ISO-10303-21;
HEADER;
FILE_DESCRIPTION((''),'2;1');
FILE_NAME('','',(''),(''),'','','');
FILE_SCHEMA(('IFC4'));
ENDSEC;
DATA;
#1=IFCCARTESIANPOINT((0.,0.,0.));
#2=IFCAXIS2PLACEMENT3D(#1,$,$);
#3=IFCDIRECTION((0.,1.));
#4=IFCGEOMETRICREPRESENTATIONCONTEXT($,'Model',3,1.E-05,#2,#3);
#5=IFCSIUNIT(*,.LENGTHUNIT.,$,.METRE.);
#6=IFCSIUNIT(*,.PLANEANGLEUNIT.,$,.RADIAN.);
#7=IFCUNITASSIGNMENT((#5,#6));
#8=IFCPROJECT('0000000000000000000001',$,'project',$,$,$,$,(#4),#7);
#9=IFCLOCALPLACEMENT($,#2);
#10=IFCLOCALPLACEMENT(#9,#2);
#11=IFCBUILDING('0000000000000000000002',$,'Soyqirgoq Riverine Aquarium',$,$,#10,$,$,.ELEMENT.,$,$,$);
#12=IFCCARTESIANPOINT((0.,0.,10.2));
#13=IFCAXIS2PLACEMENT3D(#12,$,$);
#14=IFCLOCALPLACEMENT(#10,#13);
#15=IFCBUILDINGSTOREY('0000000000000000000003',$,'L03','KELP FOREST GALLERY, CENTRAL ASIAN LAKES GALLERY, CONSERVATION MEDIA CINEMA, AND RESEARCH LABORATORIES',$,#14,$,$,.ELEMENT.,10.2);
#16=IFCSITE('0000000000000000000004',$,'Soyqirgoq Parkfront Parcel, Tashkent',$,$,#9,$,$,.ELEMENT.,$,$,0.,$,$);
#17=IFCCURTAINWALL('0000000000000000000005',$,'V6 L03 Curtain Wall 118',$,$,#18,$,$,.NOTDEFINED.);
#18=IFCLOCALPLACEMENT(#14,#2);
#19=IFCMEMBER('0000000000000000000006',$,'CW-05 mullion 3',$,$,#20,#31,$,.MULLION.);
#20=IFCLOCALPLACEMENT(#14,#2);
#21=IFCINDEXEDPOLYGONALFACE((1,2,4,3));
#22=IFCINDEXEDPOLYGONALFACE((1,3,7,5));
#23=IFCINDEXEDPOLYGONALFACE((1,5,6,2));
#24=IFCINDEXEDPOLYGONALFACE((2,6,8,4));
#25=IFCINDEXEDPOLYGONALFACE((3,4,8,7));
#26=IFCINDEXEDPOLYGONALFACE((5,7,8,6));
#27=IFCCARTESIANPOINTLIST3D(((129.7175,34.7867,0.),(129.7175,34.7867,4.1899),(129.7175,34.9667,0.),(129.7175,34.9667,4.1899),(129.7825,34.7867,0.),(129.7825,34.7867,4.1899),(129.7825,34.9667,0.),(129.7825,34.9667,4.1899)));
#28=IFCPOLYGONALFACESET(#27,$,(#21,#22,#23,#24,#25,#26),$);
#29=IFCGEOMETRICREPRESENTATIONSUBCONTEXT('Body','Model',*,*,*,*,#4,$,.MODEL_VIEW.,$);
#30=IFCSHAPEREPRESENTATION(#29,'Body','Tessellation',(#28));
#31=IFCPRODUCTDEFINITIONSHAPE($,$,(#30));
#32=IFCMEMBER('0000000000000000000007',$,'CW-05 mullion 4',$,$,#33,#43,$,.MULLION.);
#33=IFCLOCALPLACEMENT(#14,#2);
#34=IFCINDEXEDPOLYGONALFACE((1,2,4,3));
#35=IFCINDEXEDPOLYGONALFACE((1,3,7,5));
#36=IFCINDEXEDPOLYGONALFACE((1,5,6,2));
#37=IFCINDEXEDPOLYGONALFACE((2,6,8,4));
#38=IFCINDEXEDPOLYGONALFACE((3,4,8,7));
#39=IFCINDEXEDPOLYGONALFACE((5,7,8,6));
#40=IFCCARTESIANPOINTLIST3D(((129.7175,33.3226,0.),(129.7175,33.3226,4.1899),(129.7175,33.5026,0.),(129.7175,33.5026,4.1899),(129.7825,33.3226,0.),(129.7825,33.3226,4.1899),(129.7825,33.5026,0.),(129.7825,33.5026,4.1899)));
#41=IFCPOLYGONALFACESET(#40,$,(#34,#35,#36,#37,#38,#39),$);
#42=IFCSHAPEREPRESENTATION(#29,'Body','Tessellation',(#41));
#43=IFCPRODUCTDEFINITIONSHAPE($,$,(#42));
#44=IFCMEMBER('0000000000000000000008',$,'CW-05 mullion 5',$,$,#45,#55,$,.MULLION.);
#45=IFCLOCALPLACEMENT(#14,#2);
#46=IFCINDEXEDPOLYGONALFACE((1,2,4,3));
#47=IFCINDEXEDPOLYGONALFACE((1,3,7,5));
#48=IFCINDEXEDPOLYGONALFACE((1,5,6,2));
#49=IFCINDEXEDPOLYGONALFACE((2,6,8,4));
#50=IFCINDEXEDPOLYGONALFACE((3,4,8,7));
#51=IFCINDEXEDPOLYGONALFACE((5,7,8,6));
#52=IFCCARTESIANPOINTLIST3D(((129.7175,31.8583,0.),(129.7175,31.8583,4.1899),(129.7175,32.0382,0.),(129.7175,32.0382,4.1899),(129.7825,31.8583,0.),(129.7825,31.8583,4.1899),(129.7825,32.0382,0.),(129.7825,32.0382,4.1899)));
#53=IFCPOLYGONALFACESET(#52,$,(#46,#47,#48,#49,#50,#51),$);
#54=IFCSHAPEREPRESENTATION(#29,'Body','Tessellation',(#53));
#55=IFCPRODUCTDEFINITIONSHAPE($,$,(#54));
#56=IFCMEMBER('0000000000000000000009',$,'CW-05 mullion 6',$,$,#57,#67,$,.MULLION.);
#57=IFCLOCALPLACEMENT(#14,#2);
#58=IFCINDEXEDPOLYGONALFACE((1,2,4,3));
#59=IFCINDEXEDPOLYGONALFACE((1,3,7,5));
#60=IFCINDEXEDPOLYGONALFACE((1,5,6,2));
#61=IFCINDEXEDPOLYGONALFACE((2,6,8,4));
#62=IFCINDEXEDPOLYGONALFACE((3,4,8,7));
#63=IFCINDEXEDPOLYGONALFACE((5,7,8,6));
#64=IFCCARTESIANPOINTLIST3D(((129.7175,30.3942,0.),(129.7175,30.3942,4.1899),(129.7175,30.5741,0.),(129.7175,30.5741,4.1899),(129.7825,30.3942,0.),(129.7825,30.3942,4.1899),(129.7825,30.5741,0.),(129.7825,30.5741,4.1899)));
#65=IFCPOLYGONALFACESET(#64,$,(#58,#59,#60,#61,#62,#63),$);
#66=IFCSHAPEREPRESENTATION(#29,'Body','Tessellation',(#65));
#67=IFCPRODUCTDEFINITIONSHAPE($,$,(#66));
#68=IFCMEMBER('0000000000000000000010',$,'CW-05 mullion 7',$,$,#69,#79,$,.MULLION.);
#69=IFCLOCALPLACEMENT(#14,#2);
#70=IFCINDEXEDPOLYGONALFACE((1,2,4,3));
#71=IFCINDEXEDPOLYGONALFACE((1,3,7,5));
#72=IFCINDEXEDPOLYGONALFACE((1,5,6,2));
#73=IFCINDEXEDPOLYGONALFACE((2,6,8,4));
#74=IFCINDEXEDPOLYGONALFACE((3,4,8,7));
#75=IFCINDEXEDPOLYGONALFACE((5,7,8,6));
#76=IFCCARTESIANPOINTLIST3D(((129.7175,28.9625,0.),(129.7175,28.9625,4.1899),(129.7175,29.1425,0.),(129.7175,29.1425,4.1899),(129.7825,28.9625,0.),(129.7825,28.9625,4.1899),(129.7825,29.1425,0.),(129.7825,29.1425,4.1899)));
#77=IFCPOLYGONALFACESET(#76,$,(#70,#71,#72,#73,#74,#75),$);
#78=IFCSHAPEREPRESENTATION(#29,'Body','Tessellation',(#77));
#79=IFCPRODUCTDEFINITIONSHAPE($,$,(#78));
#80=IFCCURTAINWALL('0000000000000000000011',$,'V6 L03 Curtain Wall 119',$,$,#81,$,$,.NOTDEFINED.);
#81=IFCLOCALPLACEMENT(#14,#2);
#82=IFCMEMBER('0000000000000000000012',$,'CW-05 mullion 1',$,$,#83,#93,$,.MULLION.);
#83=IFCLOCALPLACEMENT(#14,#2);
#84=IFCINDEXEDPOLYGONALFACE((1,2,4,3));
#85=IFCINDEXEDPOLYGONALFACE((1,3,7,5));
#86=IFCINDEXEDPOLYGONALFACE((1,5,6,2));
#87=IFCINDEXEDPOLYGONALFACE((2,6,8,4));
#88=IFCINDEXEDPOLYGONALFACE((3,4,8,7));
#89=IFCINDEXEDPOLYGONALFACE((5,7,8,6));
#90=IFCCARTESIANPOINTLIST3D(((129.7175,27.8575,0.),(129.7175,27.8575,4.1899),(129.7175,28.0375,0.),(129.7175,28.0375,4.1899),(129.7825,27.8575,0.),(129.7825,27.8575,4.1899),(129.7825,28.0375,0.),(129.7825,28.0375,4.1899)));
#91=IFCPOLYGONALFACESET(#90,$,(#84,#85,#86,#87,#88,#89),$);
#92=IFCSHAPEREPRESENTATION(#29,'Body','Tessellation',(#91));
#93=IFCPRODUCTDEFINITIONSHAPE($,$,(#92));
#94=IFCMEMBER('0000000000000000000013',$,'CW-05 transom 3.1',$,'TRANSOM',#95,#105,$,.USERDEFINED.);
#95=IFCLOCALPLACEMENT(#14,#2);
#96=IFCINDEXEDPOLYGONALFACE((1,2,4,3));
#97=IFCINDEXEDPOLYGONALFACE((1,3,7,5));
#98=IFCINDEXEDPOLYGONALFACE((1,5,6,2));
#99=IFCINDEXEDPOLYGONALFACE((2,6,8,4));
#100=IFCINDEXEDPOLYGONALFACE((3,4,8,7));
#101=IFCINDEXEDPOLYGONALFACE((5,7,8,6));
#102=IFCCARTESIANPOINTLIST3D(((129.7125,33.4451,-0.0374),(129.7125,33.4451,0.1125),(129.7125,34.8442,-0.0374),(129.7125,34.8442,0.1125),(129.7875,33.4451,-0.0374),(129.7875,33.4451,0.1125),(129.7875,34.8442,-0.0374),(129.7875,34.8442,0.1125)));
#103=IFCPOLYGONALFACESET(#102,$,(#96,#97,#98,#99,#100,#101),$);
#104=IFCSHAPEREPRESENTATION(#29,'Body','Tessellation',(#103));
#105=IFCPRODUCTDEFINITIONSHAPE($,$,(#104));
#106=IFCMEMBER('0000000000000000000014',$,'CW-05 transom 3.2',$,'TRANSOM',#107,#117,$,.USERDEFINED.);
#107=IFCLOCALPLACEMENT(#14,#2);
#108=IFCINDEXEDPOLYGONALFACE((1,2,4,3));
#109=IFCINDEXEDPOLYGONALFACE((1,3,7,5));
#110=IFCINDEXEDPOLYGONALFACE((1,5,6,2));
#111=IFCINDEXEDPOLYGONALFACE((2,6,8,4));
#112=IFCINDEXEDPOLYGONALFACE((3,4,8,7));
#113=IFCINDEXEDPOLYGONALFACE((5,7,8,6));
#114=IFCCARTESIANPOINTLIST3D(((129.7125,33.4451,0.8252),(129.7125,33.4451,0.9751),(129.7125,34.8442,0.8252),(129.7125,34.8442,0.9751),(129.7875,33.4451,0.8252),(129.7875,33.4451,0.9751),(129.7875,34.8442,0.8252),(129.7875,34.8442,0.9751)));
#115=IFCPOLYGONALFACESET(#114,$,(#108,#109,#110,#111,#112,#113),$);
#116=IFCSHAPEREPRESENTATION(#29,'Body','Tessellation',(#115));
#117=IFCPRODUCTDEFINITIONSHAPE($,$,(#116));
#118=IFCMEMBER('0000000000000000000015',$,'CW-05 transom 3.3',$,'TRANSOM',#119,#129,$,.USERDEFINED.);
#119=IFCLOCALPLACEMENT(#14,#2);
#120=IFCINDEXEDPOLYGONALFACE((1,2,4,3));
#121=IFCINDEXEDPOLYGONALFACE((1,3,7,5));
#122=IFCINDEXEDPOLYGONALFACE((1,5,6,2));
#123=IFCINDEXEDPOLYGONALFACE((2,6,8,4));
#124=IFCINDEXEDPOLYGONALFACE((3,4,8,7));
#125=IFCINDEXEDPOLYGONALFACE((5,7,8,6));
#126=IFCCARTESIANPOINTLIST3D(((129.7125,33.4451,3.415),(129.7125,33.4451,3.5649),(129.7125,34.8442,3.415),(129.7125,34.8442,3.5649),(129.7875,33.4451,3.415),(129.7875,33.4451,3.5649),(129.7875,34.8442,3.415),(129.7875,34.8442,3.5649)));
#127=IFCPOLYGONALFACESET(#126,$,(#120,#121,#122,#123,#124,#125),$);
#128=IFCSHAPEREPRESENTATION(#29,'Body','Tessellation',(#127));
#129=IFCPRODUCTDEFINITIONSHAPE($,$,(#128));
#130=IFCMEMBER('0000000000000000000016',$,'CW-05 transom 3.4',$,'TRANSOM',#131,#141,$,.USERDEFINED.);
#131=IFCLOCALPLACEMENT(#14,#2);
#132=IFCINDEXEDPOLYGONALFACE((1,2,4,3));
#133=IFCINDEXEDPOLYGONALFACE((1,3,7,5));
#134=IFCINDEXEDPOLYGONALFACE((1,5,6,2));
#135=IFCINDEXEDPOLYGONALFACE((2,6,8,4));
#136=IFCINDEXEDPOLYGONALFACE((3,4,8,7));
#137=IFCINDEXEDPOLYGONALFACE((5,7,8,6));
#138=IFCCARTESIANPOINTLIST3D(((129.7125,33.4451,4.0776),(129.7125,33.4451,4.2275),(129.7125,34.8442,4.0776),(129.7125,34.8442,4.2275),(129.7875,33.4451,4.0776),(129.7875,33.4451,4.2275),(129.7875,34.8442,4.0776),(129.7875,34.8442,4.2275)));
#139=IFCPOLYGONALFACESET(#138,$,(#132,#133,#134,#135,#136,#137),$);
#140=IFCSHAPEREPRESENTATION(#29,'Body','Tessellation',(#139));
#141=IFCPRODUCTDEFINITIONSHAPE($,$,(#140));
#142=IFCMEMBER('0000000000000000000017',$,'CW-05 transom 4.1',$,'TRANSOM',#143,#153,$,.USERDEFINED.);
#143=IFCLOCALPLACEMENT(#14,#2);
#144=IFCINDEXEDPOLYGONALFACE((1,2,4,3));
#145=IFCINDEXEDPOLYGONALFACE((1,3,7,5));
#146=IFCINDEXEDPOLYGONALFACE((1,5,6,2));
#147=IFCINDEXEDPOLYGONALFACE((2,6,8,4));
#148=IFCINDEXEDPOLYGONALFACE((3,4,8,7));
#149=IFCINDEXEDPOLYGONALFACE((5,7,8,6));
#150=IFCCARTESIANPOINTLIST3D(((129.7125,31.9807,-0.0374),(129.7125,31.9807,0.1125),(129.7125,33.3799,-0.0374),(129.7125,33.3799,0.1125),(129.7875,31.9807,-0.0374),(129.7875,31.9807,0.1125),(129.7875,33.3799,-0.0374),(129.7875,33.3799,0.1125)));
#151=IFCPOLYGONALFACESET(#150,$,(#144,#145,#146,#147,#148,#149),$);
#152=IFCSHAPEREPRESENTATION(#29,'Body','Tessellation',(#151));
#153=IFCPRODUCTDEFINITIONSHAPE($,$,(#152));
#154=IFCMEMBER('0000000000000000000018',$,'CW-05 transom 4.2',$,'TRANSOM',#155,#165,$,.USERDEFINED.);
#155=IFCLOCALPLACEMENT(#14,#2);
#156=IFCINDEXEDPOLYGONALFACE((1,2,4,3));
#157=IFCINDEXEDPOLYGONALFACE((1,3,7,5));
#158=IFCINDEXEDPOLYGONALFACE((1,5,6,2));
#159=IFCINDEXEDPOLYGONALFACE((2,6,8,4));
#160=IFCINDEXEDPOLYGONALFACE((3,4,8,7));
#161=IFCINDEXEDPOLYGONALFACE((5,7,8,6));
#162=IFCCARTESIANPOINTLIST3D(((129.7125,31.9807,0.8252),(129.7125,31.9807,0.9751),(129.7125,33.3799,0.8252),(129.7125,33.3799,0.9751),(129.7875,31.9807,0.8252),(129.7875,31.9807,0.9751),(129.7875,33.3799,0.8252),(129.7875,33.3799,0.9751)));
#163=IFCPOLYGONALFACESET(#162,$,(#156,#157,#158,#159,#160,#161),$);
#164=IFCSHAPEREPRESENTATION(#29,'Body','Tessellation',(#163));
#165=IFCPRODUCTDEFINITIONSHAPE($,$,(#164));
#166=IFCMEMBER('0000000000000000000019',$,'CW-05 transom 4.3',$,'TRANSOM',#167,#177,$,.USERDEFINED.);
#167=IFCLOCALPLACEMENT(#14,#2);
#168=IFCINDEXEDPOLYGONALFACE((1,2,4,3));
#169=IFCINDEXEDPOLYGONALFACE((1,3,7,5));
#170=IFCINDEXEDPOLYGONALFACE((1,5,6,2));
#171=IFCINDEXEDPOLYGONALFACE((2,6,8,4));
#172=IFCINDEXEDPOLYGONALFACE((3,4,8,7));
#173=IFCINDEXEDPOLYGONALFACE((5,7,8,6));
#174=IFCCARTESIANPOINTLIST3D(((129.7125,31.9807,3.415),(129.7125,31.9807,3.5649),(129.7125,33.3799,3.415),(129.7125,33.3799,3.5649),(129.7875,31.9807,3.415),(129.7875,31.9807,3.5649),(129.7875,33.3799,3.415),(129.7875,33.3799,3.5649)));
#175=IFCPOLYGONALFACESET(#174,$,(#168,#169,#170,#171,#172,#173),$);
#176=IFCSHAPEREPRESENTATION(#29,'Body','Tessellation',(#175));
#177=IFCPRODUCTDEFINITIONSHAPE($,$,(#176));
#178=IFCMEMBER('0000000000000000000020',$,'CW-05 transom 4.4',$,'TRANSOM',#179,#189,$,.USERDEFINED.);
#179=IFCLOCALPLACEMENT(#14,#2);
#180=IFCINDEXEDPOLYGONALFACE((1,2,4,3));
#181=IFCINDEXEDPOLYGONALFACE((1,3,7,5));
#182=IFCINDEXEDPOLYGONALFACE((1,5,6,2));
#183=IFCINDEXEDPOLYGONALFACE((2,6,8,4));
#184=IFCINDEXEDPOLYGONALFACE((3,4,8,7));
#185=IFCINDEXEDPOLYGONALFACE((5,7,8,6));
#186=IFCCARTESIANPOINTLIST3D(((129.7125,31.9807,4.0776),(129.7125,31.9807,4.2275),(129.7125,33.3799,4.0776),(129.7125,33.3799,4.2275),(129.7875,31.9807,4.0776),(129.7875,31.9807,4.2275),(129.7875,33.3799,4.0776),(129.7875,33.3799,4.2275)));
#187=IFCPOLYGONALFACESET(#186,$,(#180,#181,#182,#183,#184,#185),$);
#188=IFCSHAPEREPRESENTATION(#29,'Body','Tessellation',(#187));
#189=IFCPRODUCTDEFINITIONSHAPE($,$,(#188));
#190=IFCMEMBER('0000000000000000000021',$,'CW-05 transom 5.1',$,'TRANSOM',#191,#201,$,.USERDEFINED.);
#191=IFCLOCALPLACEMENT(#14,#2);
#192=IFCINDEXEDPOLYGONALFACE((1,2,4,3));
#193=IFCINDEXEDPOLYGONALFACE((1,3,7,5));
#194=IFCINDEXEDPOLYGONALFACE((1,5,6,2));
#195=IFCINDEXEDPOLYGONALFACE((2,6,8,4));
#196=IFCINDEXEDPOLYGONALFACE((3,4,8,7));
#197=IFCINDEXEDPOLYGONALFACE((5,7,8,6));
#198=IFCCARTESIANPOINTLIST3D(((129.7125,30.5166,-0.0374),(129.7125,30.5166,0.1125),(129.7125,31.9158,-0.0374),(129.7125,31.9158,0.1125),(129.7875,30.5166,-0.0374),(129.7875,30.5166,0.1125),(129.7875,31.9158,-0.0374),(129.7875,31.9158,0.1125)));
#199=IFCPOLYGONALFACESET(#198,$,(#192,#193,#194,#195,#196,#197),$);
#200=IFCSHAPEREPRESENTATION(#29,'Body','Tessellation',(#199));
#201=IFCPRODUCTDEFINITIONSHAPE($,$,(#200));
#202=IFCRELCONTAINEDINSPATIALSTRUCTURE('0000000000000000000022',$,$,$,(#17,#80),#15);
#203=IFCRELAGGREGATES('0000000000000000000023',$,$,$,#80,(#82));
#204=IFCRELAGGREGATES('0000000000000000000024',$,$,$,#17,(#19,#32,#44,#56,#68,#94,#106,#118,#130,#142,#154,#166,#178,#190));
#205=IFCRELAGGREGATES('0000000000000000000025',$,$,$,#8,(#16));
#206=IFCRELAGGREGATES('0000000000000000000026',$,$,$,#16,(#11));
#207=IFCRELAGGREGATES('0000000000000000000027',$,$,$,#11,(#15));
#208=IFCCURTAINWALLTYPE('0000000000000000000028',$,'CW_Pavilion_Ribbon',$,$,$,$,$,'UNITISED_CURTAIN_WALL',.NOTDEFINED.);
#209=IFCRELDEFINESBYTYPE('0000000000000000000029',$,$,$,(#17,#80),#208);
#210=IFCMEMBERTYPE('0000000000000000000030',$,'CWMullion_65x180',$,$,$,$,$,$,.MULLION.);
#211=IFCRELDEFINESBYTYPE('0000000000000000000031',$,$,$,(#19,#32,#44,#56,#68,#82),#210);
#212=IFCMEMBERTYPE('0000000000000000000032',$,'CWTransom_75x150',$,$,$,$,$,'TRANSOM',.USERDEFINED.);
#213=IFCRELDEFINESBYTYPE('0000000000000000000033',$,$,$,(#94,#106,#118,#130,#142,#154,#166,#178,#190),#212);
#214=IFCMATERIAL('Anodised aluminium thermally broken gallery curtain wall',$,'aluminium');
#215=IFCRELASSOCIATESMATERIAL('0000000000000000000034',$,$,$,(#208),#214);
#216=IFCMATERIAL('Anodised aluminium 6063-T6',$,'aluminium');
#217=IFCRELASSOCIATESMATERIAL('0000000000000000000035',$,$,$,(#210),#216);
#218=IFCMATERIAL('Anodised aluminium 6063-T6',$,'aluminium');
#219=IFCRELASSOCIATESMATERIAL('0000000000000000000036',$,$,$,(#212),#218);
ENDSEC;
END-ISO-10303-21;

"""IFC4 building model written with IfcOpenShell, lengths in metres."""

from ifc_helpers import new_model, si_unit, direction, frame, origin, origin_2d, place, context, subcontext, project, spatial, rectangle, extrude, material, material_profile, profile_set, type_object, element, aggregate, save


model = new_model("IFC4")

# Units and contexts
model_context = context("Model", 3, precision=1e-05, world=origin(), true_north=direction((0.0, 1.0)))
body_context = subcontext(model_context, "Body", "Model", "MODEL_VIEW")
ifc_project = project(units=[si_unit("LENGTHUNIT", "METRE"), si_unit("PLANEANGLEUNIT", "RADIAN")], contexts=[model_context])

# Site, building, storey
site_placement = place(None, origin())
site = spatial("IfcSite", under=ifc_project, at=site_placement, Name="Soyqirgoq Parkfront Parcel, Tashkent", CompositionType="ELEMENT", RefElevation=0.0)
building_placement = place(site_placement, origin())
building = spatial("IfcBuilding", under=site, at=building_placement, Name="Soyqirgoq Riverine Aquarium", CompositionType="ELEMENT")
storey_placement = place(building_placement, frame((0.0, 0.0, 10.2)))
storey = spatial("IfcBuildingStorey", under=building, at=storey_placement, Name="L03", Description="KELP FOREST GALLERY, CENTRAL ASIAN LAKES GALLERY, CONSERVATION MEDIA CINEMA, AND RESEARCH LABORATORIES", CompositionType="ELEMENT", Elevation=10.2)

# Curtain wall, members
ifc_material_1 = material(Name="Anodised aluminium thermally broken gallery curtain wall", Category="aluminium")
curtain_wall_type = type_object("IfcCurtainWallType", Name="CW_Pavilion_Ribbon", ElementType="UNITISED_CURTAIN_WALL", PredefinedType="NOTDEFINED", material=ifc_material_1)
curtain_wall_1_placement = place(storey_placement, origin())
curtain_wall_1 = element("IfcCurtainWall", 1, at=curtain_wall_1_placement, inside=storey, type_object=curtain_wall_type, Name="V6 L03 Curtain Wall 118", PredefinedType="NOTDEFINED")
ifc_material_2 = material(Name="Anodised aluminium 6063-T6", Category="aluminium")
ifc_material_profile_1 = material_profile(ifc_material_2, rectangle(XDim=0.0649, YDim=0.1799, at=origin_2d()), Name="ALU-M 65x180")
ifc_profile_set_1 = profile_set([ifc_material_profile_1], Name="Anodised aluminium 6063-T6")
member_type_1 = type_object("IfcMemberType", Name="CWMullion_65x180", PredefinedType="MULLION", material=ifc_profile_set_1)
member_1_placement = place(storey_placement, frame((129.75, 34.8767, 0.0), z_axis=(0.0, 0.0, 1.0), x_axis=(1.0, 0.0, 0.0)))
member_1 = element("IfcMember", 2, at=member_1_placement, type_object=member_type_1, Name="CW-05 mullion 3", PredefinedType="MULLION", context=body_context, shape_type="SweptSolid", body=[
    extrude(rectangle(XDim=0.0649, YDim=0.1799, at=origin_2d()), origin(), (0.0, 0.0, 1.0), 4.1899),
])
member_2_placement = place(storey_placement, frame((129.75, 33.4126, 0.0), z_axis=(0.0, 0.0, 1.0), x_axis=(1.0, 0.0, 0.0)))
member_2 = element("IfcMember", 3, at=member_2_placement, type_object=member_type_1, Name="CW-05 mullion 4", PredefinedType="MULLION", context=body_context, shape_type="SweptSolid", body=[
    extrude(rectangle(XDim=0.0649, YDim=0.1799, at=origin_2d()), origin(), (0.0, 0.0, 1.0), 4.1899),
])
member_3_placement = place(storey_placement, frame((129.75, 31.9482, 0.0), z_axis=(0.0, 0.0, 1.0), x_axis=(1.0, 0.0, 0.0)))
member_3 = element("IfcMember", 4, at=member_3_placement, type_object=member_type_1, Name="CW-05 mullion 5", PredefinedType="MULLION", context=body_context, shape_type="SweptSolid", body=[
    extrude(rectangle(XDim=0.0649, YDim=0.1799, at=origin_2d()), origin(), (0.0, 0.0, 1.0), 4.1899),
])
member_4_placement = place(storey_placement, frame((129.75, 30.4841, 0.0), z_axis=(0.0, 0.0, 1.0), x_axis=(1.0, 0.0, 0.0)))
member_4 = element("IfcMember", 5, at=member_4_placement, type_object=member_type_1, Name="CW-05 mullion 6", PredefinedType="MULLION", context=body_context, shape_type="SweptSolid", body=[
    extrude(rectangle(XDim=0.0649, YDim=0.1799, at=origin_2d()), origin(), (0.0, 0.0, 1.0), 4.1899),
])
member_5_placement = place(storey_placement, frame((129.75, 29.0525, 0.0), z_axis=(0.0, 0.0, 1.0), x_axis=(1.0, 0.0, 0.0)))
member_5 = element("IfcMember", 6, at=member_5_placement, type_object=member_type_1, Name="CW-05 mullion 7", PredefinedType="MULLION", context=body_context, shape_type="SweptSolid", body=[
    extrude(rectangle(XDim=0.0649, YDim=0.1799, at=origin_2d()), origin(), (0.0, 0.0, 1.0), 4.1899),
])

# Curtain wall, member
curtain_wall_2_placement = place(storey_placement, origin())
curtain_wall_2 = element("IfcCurtainWall", 7, at=curtain_wall_2_placement, inside=storey, type_object=curtain_wall_type, Name="V6 L03 Curtain Wall 119", PredefinedType="NOTDEFINED")
member_6_placement = place(storey_placement, frame((129.75, 27.9475, 0.0), z_axis=(0.0, 0.0, 1.0), x_axis=(1.0, 0.0, 0.0)))
member_6 = element("IfcMember", 8, at=member_6_placement, type_object=member_type_1, Name="CW-05 mullion 1", PredefinedType="MULLION", context=body_context, shape_type="SweptSolid", body=[
    extrude(rectangle(XDim=0.0649, YDim=0.1799, at=origin_2d()), origin(), (0.0, 0.0, 1.0), 4.1899),
])

# Members
ifc_material_3 = material(Name="Anodised aluminium 6063-T6", Category="aluminium")
ifc_material_profile_2 = material_profile(ifc_material_3, rectangle(XDim=0.075, YDim=0.1499, at=origin_2d()), Name="ALU-T 75x150")
ifc_profile_set_2 = profile_set([ifc_material_profile_2], Name="Anodised aluminium 6063-T6")
member_type_2 = type_object("IfcMemberType", Name="CWTransom_75x150", ElementType="TRANSOM", PredefinedType="USERDEFINED", material=ifc_profile_set_2)
member_7_placement = place(storey_placement, frame((129.75, 34.8442, 0.0376), z_axis=(0.0, -1.0, 0.0), x_axis=(1.0, 0.0, 0.0)))
member_7 = element("IfcMember", 9, at=member_7_placement, type_object=member_type_2, Name="CW-05 transom 3.1", ObjectType="TRANSOM", PredefinedType="USERDEFINED", context=body_context, shape_type="SweptSolid", body=[
    extrude(rectangle(XDim=0.075, YDim=0.1499, at=origin_2d()), origin(), (0.0, 0.0, 1.0), 1.3992),
])
member_8_placement = place(storey_placement, frame((129.75, 34.8442, 0.9001), z_axis=(0.0, -1.0, 0.0), x_axis=(1.0, 0.0, 0.0)))
member_8 = element("IfcMember", 10, at=member_8_placement, type_object=member_type_2, Name="CW-05 transom 3.2", ObjectType="TRANSOM", PredefinedType="USERDEFINED", context=body_context, shape_type="SweptSolid", body=[
    extrude(rectangle(XDim=0.075, YDim=0.1499, at=origin_2d()), origin(), (0.0, 0.0, 1.0), 1.3992),
])
member_9_placement = place(storey_placement, frame((129.75, 34.8442, 3.49), z_axis=(0.0, -1.0, 0.0), x_axis=(1.0, 0.0, 0.0)))
member_9 = element("IfcMember", 11, at=member_9_placement, type_object=member_type_2, Name="CW-05 transom 3.3", ObjectType="TRANSOM", PredefinedType="USERDEFINED", context=body_context, shape_type="SweptSolid", body=[
    extrude(rectangle(XDim=0.075, YDim=0.1499, at=origin_2d()), origin(), (0.0, 0.0, 1.0), 1.3992),
])
member_10_placement = place(storey_placement, frame((129.75, 34.8442, 4.1526), z_axis=(0.0, -1.0, 0.0), x_axis=(1.0, 0.0, 0.0)))
member_10 = element("IfcMember", 12, at=member_10_placement, type_object=member_type_2, Name="CW-05 transom 3.4", ObjectType="TRANSOM", PredefinedType="USERDEFINED", context=body_context, shape_type="SweptSolid", body=[
    extrude(rectangle(XDim=0.075, YDim=0.1499, at=origin_2d()), origin(), (0.0, 0.0, 1.0), 1.3992),
])
member_11_placement = place(storey_placement, frame((129.75, 33.3799, 0.0376), z_axis=(0.0, -1.0, 0.0), x_axis=(1.0, 0.0, 0.0)))
member_11 = element("IfcMember", 13, at=member_11_placement, type_object=member_type_2, Name="CW-05 transom 4.1", ObjectType="TRANSOM", PredefinedType="USERDEFINED", context=body_context, shape_type="SweptSolid", body=[
    extrude(rectangle(XDim=0.075, YDim=0.1499, at=origin_2d()), origin(), (0.0, 0.0, 1.0), 1.3992),
])
member_12_placement = place(storey_placement, frame((129.75, 33.3799, 0.9001), z_axis=(0.0, -1.0, 0.0), x_axis=(1.0, 0.0, 0.0)))
member_12 = element("IfcMember", 14, at=member_12_placement, type_object=member_type_2, Name="CW-05 transom 4.2", ObjectType="TRANSOM", PredefinedType="USERDEFINED", context=body_context, shape_type="SweptSolid", body=[
    extrude(rectangle(XDim=0.075, YDim=0.1499, at=origin_2d()), origin(), (0.0, 0.0, 1.0), 1.3992),
])
member_13_placement = place(storey_placement, frame((129.75, 33.3799, 3.49), z_axis=(0.0, -1.0, 0.0), x_axis=(1.0, 0.0, 0.0)))
member_13 = element("IfcMember", 15, at=member_13_placement, type_object=member_type_2, Name="CW-05 transom 4.3", ObjectType="TRANSOM", PredefinedType="USERDEFINED", context=body_context, shape_type="SweptSolid", body=[
    extrude(rectangle(XDim=0.075, YDim=0.1499, at=origin_2d()), origin(), (0.0, 0.0, 1.0), 1.3992),
])
member_14_placement = place(storey_placement, frame((129.75, 33.3799, 4.1526), z_axis=(0.0, -1.0, 0.0), x_axis=(1.0, 0.0, 0.0)))
member_14 = element("IfcMember", 16, at=member_14_placement, type_object=member_type_2, Name="CW-05 transom 4.4", ObjectType="TRANSOM", PredefinedType="USERDEFINED", context=body_context, shape_type="SweptSolid", body=[
    extrude(rectangle(XDim=0.075, YDim=0.1499, at=origin_2d()), origin(), (0.0, 0.0, 1.0), 1.3992),
])
member_15_placement = place(storey_placement, frame((129.75, 31.9158, 0.0376), z_axis=(0.0, -1.0, 0.0), x_axis=(1.0, 0.0, 0.0)))
member_15 = element("IfcMember", 17, at=member_15_placement, type_object=member_type_2, Name="CW-05 transom 5.1", ObjectType="TRANSOM", PredefinedType="USERDEFINED", context=body_context, shape_type="SweptSolid", body=[
    extrude(rectangle(XDim=0.075, YDim=0.1499, at=origin_2d()), origin(), (0.0, 0.0, 1.0), 1.3992),
])
aggregate(curtain_wall_2, [member_6])

aggregate(curtain_wall_1, [member_1, member_2, member_3, member_4, member_5, member_7, member_8, member_9, member_10, member_11, member_12, member_13, member_14, member_15])

save(model, "model.ifc")
